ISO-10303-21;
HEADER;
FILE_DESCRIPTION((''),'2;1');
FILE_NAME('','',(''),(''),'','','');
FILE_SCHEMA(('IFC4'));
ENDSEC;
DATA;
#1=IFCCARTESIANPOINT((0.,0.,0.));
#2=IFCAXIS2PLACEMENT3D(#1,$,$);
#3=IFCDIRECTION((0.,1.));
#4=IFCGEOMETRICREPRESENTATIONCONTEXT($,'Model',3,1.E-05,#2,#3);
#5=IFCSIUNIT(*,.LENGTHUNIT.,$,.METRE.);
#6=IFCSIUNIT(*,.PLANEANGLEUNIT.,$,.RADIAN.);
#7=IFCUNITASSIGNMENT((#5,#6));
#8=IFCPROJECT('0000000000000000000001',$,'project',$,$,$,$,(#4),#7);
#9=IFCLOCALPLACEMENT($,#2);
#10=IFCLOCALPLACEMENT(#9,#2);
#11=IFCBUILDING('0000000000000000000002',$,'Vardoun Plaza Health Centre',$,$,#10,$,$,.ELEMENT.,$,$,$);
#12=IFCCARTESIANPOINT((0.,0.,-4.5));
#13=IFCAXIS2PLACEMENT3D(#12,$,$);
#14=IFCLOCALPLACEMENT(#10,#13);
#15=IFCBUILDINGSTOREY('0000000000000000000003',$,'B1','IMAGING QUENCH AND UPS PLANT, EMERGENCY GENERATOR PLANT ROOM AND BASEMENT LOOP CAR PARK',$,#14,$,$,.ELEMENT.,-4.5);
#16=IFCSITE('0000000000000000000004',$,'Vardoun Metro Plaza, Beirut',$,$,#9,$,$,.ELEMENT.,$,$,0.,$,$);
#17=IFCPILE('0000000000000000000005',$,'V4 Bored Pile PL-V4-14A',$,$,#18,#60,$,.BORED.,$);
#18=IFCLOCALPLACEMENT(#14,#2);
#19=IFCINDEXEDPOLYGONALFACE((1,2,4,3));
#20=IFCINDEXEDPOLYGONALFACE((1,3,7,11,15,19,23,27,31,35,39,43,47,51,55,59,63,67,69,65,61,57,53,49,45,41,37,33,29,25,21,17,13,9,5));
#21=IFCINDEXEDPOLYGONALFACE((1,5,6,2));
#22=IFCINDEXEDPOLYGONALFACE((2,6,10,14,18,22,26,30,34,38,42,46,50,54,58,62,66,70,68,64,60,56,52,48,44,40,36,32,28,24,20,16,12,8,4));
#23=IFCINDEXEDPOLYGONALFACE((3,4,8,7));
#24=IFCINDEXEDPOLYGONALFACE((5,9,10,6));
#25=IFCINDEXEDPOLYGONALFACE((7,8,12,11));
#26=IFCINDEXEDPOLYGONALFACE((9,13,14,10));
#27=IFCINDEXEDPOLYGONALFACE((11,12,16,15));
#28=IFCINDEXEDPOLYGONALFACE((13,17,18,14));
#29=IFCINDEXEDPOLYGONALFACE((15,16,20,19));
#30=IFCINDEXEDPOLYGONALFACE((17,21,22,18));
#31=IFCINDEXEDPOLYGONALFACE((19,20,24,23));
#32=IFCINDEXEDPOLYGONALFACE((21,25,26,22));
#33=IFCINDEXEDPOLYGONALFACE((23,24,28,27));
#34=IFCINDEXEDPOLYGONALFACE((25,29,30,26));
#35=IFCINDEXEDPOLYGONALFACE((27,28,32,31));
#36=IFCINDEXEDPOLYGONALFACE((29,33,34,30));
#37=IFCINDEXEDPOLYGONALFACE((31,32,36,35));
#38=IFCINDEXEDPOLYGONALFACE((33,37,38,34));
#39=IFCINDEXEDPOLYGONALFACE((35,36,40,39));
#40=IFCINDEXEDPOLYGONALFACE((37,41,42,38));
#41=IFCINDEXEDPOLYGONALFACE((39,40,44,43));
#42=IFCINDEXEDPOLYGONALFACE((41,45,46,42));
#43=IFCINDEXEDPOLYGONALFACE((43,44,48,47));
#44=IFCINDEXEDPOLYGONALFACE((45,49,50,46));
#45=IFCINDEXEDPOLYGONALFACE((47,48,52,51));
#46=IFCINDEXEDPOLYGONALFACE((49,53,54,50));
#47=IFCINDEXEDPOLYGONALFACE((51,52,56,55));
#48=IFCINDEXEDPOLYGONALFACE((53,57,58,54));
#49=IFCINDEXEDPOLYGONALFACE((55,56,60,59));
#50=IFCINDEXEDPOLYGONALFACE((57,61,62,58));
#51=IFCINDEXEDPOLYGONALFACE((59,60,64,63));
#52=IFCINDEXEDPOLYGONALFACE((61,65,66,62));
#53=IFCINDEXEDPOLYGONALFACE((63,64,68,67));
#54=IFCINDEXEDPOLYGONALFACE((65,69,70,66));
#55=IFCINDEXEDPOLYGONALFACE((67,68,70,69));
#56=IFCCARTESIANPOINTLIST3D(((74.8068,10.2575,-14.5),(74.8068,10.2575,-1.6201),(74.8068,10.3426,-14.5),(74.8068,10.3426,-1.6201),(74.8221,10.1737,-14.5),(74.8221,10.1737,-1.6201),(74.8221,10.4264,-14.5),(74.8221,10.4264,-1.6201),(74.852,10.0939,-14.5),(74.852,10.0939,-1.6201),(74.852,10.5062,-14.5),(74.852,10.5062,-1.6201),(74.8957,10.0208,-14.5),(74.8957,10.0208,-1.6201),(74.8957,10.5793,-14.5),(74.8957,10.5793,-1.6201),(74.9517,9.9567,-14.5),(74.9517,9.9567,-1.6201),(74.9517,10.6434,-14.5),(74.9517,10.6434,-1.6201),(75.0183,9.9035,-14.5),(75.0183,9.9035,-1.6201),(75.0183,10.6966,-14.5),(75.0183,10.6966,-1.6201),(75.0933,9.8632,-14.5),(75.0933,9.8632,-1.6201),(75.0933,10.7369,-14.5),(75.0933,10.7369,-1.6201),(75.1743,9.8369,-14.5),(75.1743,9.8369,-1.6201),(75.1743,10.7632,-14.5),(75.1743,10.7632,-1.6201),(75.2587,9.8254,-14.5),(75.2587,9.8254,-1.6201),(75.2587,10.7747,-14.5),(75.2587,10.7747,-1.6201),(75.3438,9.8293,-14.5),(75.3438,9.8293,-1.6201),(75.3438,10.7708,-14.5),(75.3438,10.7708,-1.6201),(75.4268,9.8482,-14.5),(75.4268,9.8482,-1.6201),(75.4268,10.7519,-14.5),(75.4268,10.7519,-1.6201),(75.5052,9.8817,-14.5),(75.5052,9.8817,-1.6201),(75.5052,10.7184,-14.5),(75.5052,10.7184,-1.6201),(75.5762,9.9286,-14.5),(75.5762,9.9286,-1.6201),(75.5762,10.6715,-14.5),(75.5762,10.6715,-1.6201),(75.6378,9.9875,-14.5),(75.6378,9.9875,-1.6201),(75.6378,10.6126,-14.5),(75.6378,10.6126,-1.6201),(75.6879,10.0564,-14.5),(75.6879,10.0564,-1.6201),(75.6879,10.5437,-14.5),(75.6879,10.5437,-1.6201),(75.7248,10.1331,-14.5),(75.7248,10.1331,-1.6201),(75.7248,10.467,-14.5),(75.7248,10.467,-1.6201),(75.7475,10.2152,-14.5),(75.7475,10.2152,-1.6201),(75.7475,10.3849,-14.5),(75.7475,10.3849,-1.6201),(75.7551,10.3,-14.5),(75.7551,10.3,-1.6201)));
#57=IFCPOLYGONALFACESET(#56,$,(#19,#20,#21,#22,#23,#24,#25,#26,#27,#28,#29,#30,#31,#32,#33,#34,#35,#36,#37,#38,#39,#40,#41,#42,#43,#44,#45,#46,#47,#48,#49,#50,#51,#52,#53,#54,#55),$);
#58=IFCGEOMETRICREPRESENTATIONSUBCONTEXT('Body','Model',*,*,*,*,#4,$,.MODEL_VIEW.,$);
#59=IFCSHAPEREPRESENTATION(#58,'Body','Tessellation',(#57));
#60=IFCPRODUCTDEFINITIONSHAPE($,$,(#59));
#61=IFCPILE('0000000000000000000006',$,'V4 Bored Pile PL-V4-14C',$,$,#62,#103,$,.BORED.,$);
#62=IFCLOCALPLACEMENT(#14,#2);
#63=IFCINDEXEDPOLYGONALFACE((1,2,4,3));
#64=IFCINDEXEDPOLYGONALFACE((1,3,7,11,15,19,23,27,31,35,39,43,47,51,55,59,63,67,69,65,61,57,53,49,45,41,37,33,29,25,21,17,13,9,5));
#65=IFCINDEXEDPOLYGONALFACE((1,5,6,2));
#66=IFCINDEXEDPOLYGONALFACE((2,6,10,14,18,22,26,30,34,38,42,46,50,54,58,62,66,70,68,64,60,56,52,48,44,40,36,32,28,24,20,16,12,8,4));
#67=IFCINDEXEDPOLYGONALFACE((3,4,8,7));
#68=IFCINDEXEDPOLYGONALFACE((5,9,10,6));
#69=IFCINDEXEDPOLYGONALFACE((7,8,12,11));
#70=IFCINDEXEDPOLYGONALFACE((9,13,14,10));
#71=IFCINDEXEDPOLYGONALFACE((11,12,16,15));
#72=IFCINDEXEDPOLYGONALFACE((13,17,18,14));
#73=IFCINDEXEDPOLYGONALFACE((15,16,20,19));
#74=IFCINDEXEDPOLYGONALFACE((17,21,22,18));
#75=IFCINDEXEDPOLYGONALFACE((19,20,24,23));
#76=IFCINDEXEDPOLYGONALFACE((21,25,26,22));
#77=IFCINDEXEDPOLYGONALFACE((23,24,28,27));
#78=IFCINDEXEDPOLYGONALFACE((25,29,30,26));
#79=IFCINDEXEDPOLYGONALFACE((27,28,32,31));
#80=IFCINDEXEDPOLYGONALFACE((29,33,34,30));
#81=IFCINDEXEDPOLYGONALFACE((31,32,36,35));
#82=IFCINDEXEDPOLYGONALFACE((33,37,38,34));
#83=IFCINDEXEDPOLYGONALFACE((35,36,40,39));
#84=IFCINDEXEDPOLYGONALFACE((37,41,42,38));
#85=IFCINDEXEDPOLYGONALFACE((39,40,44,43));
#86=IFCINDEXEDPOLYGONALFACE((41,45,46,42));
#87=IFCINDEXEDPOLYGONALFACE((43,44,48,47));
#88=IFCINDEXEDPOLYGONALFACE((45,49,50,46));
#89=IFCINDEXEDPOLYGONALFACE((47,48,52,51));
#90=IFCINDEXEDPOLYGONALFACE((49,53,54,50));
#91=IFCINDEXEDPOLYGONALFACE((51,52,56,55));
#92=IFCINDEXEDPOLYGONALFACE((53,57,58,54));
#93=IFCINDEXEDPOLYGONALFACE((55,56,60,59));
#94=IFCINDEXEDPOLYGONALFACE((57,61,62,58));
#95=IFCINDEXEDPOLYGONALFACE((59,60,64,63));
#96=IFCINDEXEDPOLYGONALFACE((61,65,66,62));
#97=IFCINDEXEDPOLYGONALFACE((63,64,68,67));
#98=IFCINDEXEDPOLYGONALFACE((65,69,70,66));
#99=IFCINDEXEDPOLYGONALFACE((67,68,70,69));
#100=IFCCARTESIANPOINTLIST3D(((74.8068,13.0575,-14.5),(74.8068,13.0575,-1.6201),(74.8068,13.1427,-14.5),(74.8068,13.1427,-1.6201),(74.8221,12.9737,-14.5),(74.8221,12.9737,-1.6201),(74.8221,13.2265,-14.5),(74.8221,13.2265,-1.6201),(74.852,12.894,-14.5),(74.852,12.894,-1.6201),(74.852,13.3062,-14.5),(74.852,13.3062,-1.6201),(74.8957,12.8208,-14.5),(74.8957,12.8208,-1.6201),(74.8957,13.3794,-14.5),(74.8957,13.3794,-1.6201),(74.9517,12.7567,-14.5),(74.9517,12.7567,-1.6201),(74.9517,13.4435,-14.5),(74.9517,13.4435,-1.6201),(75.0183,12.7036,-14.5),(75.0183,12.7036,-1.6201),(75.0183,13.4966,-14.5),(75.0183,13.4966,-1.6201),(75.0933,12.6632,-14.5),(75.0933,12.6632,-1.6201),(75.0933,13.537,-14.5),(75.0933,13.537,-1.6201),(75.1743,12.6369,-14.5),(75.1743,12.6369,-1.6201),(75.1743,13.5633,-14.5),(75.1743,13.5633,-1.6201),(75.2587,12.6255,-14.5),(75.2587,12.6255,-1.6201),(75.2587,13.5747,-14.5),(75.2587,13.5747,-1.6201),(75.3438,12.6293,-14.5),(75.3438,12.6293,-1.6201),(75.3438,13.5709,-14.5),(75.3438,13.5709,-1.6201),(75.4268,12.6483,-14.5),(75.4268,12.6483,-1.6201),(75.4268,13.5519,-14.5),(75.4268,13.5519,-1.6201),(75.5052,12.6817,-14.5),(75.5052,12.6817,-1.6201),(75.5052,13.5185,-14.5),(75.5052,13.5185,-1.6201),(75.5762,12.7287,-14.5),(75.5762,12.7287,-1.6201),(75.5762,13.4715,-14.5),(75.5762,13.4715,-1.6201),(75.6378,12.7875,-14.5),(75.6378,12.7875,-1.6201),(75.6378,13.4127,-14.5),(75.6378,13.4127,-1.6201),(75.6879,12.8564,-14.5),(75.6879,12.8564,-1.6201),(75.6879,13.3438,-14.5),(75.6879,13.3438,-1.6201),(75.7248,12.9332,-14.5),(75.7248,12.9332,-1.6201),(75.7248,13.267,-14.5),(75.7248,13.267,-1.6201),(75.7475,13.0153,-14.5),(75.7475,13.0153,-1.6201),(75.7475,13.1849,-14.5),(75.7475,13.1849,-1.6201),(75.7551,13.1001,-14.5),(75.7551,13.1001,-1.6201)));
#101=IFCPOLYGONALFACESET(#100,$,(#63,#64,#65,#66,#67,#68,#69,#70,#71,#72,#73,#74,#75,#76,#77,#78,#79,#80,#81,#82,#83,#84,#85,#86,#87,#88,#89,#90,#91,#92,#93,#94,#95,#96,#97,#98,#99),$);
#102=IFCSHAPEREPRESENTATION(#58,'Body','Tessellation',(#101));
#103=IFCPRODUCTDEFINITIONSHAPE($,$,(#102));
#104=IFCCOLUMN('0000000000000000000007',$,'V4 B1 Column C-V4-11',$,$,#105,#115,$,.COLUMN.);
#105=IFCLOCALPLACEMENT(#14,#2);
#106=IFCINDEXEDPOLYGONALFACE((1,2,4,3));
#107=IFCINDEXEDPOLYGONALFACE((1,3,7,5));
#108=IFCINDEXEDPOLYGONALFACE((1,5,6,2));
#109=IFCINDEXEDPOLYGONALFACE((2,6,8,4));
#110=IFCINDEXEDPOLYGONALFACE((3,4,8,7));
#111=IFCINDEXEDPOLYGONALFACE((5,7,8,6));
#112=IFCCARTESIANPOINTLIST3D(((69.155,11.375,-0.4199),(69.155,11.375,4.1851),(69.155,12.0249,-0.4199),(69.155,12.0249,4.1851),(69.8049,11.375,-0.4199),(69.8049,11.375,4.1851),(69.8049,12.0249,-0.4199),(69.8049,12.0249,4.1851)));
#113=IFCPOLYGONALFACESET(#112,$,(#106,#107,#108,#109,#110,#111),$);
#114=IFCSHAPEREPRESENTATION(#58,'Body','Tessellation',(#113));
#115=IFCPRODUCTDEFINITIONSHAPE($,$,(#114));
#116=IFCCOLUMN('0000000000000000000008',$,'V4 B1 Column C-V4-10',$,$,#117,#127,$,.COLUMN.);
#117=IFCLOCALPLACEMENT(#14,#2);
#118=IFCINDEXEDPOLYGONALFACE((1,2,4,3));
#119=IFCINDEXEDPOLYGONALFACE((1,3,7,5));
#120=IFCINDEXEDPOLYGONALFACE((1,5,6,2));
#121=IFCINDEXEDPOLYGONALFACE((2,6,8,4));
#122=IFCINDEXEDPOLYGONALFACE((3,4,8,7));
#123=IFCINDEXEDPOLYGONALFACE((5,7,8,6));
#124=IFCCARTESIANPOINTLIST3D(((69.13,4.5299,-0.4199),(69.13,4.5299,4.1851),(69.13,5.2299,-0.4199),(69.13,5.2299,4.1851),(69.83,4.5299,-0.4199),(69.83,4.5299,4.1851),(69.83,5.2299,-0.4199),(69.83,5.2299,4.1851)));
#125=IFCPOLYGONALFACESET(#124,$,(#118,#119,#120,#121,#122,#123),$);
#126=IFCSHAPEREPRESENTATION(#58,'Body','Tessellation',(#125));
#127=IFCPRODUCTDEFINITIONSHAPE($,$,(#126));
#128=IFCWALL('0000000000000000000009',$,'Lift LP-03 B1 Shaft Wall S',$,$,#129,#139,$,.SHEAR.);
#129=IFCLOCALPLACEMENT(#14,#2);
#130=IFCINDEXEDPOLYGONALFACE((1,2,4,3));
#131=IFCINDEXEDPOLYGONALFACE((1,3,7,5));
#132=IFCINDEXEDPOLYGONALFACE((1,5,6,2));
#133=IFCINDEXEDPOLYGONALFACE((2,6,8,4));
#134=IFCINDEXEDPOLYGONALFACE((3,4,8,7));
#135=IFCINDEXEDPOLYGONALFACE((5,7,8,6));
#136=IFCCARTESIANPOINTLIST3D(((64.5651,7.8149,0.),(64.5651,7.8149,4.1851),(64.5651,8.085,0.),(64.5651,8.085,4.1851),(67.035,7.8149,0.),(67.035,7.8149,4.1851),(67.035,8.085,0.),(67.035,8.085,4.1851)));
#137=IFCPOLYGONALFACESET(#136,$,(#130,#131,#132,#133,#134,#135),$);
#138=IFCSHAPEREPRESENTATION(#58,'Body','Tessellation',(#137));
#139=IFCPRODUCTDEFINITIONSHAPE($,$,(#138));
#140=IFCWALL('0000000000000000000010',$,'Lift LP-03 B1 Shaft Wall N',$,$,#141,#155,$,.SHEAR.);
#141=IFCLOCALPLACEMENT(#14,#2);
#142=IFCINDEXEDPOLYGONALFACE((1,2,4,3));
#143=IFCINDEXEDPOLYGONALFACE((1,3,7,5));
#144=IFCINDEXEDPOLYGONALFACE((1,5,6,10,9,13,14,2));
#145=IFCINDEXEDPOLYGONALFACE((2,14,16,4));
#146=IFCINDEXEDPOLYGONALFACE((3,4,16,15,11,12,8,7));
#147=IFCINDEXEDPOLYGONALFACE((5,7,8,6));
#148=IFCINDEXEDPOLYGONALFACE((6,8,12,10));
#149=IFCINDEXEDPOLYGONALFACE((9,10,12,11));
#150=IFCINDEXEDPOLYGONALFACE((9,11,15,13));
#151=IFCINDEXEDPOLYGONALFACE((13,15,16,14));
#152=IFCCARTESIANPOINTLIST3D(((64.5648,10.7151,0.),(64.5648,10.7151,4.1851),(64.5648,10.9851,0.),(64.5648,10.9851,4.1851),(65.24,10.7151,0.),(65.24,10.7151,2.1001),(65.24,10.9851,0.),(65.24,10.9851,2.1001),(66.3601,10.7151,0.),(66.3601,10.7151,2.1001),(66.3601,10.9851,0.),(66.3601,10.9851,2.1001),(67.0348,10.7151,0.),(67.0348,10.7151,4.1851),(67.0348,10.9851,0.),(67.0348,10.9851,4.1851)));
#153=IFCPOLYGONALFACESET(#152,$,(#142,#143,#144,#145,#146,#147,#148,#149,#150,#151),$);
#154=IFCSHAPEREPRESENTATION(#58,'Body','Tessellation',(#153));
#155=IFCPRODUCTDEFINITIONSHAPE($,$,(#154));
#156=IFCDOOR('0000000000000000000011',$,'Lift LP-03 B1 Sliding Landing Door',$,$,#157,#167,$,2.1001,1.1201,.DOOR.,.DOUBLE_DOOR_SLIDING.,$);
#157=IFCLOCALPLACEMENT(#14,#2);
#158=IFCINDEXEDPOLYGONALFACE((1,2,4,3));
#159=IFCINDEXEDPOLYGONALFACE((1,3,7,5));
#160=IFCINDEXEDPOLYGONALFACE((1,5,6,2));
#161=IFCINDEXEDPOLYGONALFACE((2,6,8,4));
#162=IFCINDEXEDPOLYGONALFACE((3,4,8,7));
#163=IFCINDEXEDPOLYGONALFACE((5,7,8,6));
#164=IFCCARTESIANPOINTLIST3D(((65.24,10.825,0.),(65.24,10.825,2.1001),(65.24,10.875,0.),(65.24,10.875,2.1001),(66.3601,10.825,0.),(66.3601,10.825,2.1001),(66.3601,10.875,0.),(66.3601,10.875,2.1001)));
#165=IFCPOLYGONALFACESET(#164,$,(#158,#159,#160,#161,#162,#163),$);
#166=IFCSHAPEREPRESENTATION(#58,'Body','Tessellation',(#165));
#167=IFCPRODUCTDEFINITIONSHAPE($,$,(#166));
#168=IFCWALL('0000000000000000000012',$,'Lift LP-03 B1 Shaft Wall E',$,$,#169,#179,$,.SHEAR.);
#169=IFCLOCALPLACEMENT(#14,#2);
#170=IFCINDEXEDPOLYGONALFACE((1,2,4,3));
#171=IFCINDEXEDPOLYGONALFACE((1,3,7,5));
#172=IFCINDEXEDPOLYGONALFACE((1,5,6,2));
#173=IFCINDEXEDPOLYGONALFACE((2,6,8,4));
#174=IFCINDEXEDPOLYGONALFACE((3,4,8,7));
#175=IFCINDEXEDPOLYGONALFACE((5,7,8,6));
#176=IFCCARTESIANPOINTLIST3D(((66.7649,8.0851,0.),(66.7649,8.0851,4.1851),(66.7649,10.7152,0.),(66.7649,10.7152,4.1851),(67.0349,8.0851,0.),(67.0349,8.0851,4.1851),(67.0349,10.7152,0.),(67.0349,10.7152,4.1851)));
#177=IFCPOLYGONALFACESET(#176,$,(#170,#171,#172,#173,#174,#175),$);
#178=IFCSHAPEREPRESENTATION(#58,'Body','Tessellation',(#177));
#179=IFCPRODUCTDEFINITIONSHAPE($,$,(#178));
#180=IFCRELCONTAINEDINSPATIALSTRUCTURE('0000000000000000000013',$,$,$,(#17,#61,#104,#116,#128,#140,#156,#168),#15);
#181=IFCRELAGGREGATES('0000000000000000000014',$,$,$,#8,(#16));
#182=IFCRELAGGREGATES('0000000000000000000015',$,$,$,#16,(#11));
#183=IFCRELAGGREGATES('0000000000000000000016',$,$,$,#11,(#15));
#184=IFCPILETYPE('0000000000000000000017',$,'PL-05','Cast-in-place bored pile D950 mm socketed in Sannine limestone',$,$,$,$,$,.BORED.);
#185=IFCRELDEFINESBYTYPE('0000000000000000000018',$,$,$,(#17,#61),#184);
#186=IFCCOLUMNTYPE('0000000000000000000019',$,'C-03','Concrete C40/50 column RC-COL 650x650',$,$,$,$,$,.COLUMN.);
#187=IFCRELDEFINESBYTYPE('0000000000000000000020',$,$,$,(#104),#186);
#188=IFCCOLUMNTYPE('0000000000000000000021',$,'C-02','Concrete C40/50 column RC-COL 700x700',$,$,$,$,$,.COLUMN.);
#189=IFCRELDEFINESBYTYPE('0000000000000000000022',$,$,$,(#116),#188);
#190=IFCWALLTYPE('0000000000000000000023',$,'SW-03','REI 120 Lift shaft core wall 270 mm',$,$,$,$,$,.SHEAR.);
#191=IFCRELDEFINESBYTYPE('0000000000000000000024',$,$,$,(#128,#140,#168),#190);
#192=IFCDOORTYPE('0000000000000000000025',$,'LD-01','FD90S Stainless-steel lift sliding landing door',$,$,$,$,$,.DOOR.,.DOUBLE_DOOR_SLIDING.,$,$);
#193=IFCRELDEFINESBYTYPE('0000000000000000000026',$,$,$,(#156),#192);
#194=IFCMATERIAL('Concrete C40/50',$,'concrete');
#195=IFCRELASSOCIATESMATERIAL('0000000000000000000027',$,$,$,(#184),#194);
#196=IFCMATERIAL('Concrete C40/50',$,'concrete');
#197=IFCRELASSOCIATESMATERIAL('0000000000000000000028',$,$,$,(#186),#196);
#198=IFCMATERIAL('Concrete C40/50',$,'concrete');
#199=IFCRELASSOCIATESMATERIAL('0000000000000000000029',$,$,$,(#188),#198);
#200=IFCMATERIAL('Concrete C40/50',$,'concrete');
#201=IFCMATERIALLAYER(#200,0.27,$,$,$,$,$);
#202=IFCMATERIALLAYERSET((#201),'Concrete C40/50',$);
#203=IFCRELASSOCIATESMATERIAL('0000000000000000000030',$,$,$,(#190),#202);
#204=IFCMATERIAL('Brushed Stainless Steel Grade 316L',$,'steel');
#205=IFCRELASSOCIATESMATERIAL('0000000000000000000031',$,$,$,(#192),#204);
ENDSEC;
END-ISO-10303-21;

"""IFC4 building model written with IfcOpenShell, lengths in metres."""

from ifc_helpers import new_model, si_unit, direction, frame, frame_2d, origin, origin_2d, place, context, subcontext, project, spatial, rectangle, circle, extrude, material, layer, layer_set, material_profile, profile_set, type_object, element, fill, save


model = new_model("IFC4")

# Units and contexts
model_context = context("Model", 3, precision=1e-05, world=origin(), true_north=direction((0.0, 1.0)))
body_context = subcontext(model_context, "Body", "Model", "MODEL_VIEW")
ifc_project = project(units=[si_unit("LENGTHUNIT", "METRE"), si_unit("PLANEANGLEUNIT", "RADIAN")], contexts=[model_context])

# Site, building, storey
site_placement = place(None, origin())
site = spatial("IfcSite", under=ifc_project, at=site_placement, Name="Vardoun Metro Plaza, Beirut", CompositionType="ELEMENT", RefElevation=0.0)
building_placement = place(site_placement, origin())
building = spatial("IfcBuilding", under=site, at=building_placement, Name="Vardoun Plaza Health Centre", CompositionType="ELEMENT")
storey_placement = place(building_placement, frame((0.0, 0.0, -4.5)))
storey = spatial("IfcBuildingStorey", under=building, at=storey_placement, Name="B1", Description="IMAGING QUENCH AND UPS PLANT, EMERGENCY GENERATOR PLANT ROOM AND BASEMENT LOOP CAR PARK", CompositionType="ELEMENT", Elevation=-4.5)

# Piles
ifc_material_1 = material(Name="Concrete C40/50", Category="concrete")
ifc_material_profile_1 = material_profile(ifc_material_1, circle(Radius=0.4751, at=origin_2d()), Name="PILE D950")
ifc_profile_set_1 = profile_set([ifc_material_profile_1], Name="Concrete C40/50")
pile_type_1 = type_object("IfcPileType", Name="PL-05", Description="Cast-in-place bored pile D950 mm socketed in Sannine limestone", PredefinedType="BORED", material=ifc_profile_set_1)
for number, where, z_axis, x_axis, name in (
    (1, (75.28, 10.3, -1.6201), (0.0, 0.0, -1.0), (1.0, 0.0, 0.0), "V4 Bored Pile PL-V4-14A"),
    (2, (75.28, 13.1001, -1.6201), (0.0, 0.0, -1.0), (1.0, 0.0, 0.0), "V4 Bored Pile PL-V4-14C"),
):
    element("IfcPile", number, at=place(storey_placement, frame(where, z_axis=z_axis, x_axis=x_axis)), inside=storey, type_object=pile_type_1, Name=name, PredefinedType="BORED", context=body_context, shape_type="SweptSolid", body=[
        extrude(circle(Radius=0.4751, at=origin_2d()), origin(), (0.0, 0.0, 1.0), 12.8799),
    ])

# Columns
ifc_material_2 = material(Name="Concrete C40/50", Category="concrete")
ifc_material_profile_2 = material_profile(ifc_material_2, rectangle(XDim=0.6499, YDim=0.6499, at=origin_2d()), Name="RC-COL 650x650")
ifc_profile_set_2 = profile_set([ifc_material_profile_2], Name="Concrete C40/50")
column_type_1 = type_object("IfcColumnType", Name="C-03", Description="Concrete C40/50 column RC-COL 650x650", PredefinedType="COLUMN", material=ifc_profile_set_2)
column_1_placement = place(storey_placement, frame((69.48, 11.7, -0.4199), z_axis=(0.0, 0.0, 1.0), x_axis=(1.0, 0.0, 0.0)))
element("IfcColumn", 3, at=column_1_placement, inside=storey, type_object=column_type_1, Name="V4 B1 Column C-V4-11", PredefinedType="COLUMN", context=body_context, shape_type="SweptSolid", body=[
    extrude(rectangle(XDim=0.6499, YDim=0.6499, at=origin_2d()), origin(), (0.0, 0.0, 1.0), 4.605),
])
ifc_material_3 = material(Name="Concrete C40/50", Category="concrete")
ifc_material_profile_3 = material_profile(ifc_material_3, rectangle(XDim=0.7, YDim=0.7, at=origin_2d()), Name="RC-COL 700x700")
ifc_profile_set_3 = profile_set([ifc_material_profile_3], Name="Concrete C40/50")
column_type_2 = type_object("IfcColumnType", Name="C-02", Description="Concrete C40/50 column RC-COL 700x700", PredefinedType="COLUMN", material=ifc_profile_set_3)
column_2_placement = place(storey_placement, frame((69.48, 4.8799, -0.4199), z_axis=(0.0, 0.0, 1.0), x_axis=(1.0, 0.0, 0.0)))
element("IfcColumn", 4, at=column_2_placement, inside=storey, type_object=column_type_2, Name="V4 B1 Column C-V4-10", PredefinedType="COLUMN", context=body_context, shape_type="SweptSolid", body=[
    extrude(rectangle(XDim=0.7, YDim=0.7, at=origin_2d()), origin(), (0.0, 0.0, 1.0), 4.605),
])

# Wall
ifc_material_4 = material(Name="Concrete C40/50", Category="concrete")
ifc_layer_1 = layer(ifc_material_4, 0.27)
ifc_layer_set_1 = layer_set([ifc_layer_1], Name="Concrete C40/50")
wall_type_1 = type_object("IfcWallType", Name="SW-03", Description="REI 120 Lift shaft core wall 270 mm", PredefinedType="SHEAR", material=ifc_layer_set_1)
wall_1_placement = place(storey_placement, frame((67.0349, 7.95, 0.0), z_axis=(0.0, 0.0, 1.0), x_axis=(-1.0, 0.0, 0.0)))
element("IfcWall", 5, at=wall_1_placement, inside=storey, type_object=wall_type_1, Name="Lift LP-03 B1 Shaft Wall S", PredefinedType="SHEAR", context=body_context, shape_type="SweptSolid", body=[
    extrude(rectangle(XDim=2.47, YDim=0.27, at=frame_2d((1.2349, 0.0))), origin(), (0.0, 0.0, 1.0), 4.1851),
])

# Wall, opening, door
wall_2_placement = place(storey_placement, frame((64.5649, 10.8501, 0.0), z_axis=(0.0, 0.0, 1.0), x_axis=(1.0, 0.0, 0.0)))
wall_2 = element("IfcWall", 6, at=wall_2_placement, inside=storey, type_object=wall_type_1, Name="Lift LP-03 B1 Shaft Wall N", PredefinedType="SHEAR", context=body_context, shape_type="SweptSolid", body=[
    extrude(rectangle(XDim=2.47, YDim=0.27, at=frame_2d((1.2349, 0.0))), origin(), (0.0, 0.0, 1.0), 4.1851),
])
opening_placement = place(wall_2_placement, frame((0.675, 0.0, 0.0)))
opening = element("IfcOpeningElement", 7, at=opening_placement, cuts=wall_2, PredefinedType="OPENING", context=body_context, shape_type="SweptSolid", body=[
    extrude(rectangle(XDim=1.1201, YDim=2.1001, at=frame_2d((0.5601, 1.05))), frame((0.0, 0.135, 0.0), z_axis=(0.0, -1.0, 0.0), x_axis=(1.0, 0.0, 0.0)), (0.0, 0.0, 1.0), 0.27),
])
ifc_material_5 = material(Name="Brushed Stainless Steel Grade 316L", Category="steel")
door_type = type_object("IfcDoorType", Name="LD-01", Description="FD90S Stainless-steel lift sliding landing door", OperationType="DOUBLE_DOOR_SLIDING", PredefinedType="DOOR", material=ifc_material_5)
door_placement = place(opening_placement, origin())
door = element("IfcDoor", 8, at=door_placement, inside=storey, type_object=door_type, Name="Lift LP-03 B1 Sliding Landing Door", OperationType="DOUBLE_DOOR_SLIDING", OverallHeight=2.1001, OverallWidth=1.1201, PredefinedType="DOOR", context=body_context, shape_type="SweptSolid", body=[
    extrude(rectangle(XDim=1.1201, YDim=2.1001, at=frame_2d((0.5601, 1.05))), frame((0.0, 0.0249, 0.0), z_axis=(0.0, -1.0, 0.0), x_axis=(1.0, 0.0, 0.0)), (0.0, 0.0, 1.0), 0.05),
])
fill(opening, door)

# Wall
wall_3_placement = place(storey_placement, frame((66.8999, 10.7151, 0.0), z_axis=(0.0, 0.0, 1.0), x_axis=(0.0, -1.0, 0.0)))
element("IfcWall", 9, at=wall_3_placement, inside=storey, type_object=wall_type_1, Name="Lift LP-03 B1 Shaft Wall E", PredefinedType="SHEAR", context=body_context, shape_type="SweptSolid", body=[
    extrude(rectangle(XDim=2.6301, YDim=0.27, at=frame_2d((1.3149, 0.0))), origin(), (0.0, 0.0, 1.0), 4.1851),
])

save(model, "model.ifc")
